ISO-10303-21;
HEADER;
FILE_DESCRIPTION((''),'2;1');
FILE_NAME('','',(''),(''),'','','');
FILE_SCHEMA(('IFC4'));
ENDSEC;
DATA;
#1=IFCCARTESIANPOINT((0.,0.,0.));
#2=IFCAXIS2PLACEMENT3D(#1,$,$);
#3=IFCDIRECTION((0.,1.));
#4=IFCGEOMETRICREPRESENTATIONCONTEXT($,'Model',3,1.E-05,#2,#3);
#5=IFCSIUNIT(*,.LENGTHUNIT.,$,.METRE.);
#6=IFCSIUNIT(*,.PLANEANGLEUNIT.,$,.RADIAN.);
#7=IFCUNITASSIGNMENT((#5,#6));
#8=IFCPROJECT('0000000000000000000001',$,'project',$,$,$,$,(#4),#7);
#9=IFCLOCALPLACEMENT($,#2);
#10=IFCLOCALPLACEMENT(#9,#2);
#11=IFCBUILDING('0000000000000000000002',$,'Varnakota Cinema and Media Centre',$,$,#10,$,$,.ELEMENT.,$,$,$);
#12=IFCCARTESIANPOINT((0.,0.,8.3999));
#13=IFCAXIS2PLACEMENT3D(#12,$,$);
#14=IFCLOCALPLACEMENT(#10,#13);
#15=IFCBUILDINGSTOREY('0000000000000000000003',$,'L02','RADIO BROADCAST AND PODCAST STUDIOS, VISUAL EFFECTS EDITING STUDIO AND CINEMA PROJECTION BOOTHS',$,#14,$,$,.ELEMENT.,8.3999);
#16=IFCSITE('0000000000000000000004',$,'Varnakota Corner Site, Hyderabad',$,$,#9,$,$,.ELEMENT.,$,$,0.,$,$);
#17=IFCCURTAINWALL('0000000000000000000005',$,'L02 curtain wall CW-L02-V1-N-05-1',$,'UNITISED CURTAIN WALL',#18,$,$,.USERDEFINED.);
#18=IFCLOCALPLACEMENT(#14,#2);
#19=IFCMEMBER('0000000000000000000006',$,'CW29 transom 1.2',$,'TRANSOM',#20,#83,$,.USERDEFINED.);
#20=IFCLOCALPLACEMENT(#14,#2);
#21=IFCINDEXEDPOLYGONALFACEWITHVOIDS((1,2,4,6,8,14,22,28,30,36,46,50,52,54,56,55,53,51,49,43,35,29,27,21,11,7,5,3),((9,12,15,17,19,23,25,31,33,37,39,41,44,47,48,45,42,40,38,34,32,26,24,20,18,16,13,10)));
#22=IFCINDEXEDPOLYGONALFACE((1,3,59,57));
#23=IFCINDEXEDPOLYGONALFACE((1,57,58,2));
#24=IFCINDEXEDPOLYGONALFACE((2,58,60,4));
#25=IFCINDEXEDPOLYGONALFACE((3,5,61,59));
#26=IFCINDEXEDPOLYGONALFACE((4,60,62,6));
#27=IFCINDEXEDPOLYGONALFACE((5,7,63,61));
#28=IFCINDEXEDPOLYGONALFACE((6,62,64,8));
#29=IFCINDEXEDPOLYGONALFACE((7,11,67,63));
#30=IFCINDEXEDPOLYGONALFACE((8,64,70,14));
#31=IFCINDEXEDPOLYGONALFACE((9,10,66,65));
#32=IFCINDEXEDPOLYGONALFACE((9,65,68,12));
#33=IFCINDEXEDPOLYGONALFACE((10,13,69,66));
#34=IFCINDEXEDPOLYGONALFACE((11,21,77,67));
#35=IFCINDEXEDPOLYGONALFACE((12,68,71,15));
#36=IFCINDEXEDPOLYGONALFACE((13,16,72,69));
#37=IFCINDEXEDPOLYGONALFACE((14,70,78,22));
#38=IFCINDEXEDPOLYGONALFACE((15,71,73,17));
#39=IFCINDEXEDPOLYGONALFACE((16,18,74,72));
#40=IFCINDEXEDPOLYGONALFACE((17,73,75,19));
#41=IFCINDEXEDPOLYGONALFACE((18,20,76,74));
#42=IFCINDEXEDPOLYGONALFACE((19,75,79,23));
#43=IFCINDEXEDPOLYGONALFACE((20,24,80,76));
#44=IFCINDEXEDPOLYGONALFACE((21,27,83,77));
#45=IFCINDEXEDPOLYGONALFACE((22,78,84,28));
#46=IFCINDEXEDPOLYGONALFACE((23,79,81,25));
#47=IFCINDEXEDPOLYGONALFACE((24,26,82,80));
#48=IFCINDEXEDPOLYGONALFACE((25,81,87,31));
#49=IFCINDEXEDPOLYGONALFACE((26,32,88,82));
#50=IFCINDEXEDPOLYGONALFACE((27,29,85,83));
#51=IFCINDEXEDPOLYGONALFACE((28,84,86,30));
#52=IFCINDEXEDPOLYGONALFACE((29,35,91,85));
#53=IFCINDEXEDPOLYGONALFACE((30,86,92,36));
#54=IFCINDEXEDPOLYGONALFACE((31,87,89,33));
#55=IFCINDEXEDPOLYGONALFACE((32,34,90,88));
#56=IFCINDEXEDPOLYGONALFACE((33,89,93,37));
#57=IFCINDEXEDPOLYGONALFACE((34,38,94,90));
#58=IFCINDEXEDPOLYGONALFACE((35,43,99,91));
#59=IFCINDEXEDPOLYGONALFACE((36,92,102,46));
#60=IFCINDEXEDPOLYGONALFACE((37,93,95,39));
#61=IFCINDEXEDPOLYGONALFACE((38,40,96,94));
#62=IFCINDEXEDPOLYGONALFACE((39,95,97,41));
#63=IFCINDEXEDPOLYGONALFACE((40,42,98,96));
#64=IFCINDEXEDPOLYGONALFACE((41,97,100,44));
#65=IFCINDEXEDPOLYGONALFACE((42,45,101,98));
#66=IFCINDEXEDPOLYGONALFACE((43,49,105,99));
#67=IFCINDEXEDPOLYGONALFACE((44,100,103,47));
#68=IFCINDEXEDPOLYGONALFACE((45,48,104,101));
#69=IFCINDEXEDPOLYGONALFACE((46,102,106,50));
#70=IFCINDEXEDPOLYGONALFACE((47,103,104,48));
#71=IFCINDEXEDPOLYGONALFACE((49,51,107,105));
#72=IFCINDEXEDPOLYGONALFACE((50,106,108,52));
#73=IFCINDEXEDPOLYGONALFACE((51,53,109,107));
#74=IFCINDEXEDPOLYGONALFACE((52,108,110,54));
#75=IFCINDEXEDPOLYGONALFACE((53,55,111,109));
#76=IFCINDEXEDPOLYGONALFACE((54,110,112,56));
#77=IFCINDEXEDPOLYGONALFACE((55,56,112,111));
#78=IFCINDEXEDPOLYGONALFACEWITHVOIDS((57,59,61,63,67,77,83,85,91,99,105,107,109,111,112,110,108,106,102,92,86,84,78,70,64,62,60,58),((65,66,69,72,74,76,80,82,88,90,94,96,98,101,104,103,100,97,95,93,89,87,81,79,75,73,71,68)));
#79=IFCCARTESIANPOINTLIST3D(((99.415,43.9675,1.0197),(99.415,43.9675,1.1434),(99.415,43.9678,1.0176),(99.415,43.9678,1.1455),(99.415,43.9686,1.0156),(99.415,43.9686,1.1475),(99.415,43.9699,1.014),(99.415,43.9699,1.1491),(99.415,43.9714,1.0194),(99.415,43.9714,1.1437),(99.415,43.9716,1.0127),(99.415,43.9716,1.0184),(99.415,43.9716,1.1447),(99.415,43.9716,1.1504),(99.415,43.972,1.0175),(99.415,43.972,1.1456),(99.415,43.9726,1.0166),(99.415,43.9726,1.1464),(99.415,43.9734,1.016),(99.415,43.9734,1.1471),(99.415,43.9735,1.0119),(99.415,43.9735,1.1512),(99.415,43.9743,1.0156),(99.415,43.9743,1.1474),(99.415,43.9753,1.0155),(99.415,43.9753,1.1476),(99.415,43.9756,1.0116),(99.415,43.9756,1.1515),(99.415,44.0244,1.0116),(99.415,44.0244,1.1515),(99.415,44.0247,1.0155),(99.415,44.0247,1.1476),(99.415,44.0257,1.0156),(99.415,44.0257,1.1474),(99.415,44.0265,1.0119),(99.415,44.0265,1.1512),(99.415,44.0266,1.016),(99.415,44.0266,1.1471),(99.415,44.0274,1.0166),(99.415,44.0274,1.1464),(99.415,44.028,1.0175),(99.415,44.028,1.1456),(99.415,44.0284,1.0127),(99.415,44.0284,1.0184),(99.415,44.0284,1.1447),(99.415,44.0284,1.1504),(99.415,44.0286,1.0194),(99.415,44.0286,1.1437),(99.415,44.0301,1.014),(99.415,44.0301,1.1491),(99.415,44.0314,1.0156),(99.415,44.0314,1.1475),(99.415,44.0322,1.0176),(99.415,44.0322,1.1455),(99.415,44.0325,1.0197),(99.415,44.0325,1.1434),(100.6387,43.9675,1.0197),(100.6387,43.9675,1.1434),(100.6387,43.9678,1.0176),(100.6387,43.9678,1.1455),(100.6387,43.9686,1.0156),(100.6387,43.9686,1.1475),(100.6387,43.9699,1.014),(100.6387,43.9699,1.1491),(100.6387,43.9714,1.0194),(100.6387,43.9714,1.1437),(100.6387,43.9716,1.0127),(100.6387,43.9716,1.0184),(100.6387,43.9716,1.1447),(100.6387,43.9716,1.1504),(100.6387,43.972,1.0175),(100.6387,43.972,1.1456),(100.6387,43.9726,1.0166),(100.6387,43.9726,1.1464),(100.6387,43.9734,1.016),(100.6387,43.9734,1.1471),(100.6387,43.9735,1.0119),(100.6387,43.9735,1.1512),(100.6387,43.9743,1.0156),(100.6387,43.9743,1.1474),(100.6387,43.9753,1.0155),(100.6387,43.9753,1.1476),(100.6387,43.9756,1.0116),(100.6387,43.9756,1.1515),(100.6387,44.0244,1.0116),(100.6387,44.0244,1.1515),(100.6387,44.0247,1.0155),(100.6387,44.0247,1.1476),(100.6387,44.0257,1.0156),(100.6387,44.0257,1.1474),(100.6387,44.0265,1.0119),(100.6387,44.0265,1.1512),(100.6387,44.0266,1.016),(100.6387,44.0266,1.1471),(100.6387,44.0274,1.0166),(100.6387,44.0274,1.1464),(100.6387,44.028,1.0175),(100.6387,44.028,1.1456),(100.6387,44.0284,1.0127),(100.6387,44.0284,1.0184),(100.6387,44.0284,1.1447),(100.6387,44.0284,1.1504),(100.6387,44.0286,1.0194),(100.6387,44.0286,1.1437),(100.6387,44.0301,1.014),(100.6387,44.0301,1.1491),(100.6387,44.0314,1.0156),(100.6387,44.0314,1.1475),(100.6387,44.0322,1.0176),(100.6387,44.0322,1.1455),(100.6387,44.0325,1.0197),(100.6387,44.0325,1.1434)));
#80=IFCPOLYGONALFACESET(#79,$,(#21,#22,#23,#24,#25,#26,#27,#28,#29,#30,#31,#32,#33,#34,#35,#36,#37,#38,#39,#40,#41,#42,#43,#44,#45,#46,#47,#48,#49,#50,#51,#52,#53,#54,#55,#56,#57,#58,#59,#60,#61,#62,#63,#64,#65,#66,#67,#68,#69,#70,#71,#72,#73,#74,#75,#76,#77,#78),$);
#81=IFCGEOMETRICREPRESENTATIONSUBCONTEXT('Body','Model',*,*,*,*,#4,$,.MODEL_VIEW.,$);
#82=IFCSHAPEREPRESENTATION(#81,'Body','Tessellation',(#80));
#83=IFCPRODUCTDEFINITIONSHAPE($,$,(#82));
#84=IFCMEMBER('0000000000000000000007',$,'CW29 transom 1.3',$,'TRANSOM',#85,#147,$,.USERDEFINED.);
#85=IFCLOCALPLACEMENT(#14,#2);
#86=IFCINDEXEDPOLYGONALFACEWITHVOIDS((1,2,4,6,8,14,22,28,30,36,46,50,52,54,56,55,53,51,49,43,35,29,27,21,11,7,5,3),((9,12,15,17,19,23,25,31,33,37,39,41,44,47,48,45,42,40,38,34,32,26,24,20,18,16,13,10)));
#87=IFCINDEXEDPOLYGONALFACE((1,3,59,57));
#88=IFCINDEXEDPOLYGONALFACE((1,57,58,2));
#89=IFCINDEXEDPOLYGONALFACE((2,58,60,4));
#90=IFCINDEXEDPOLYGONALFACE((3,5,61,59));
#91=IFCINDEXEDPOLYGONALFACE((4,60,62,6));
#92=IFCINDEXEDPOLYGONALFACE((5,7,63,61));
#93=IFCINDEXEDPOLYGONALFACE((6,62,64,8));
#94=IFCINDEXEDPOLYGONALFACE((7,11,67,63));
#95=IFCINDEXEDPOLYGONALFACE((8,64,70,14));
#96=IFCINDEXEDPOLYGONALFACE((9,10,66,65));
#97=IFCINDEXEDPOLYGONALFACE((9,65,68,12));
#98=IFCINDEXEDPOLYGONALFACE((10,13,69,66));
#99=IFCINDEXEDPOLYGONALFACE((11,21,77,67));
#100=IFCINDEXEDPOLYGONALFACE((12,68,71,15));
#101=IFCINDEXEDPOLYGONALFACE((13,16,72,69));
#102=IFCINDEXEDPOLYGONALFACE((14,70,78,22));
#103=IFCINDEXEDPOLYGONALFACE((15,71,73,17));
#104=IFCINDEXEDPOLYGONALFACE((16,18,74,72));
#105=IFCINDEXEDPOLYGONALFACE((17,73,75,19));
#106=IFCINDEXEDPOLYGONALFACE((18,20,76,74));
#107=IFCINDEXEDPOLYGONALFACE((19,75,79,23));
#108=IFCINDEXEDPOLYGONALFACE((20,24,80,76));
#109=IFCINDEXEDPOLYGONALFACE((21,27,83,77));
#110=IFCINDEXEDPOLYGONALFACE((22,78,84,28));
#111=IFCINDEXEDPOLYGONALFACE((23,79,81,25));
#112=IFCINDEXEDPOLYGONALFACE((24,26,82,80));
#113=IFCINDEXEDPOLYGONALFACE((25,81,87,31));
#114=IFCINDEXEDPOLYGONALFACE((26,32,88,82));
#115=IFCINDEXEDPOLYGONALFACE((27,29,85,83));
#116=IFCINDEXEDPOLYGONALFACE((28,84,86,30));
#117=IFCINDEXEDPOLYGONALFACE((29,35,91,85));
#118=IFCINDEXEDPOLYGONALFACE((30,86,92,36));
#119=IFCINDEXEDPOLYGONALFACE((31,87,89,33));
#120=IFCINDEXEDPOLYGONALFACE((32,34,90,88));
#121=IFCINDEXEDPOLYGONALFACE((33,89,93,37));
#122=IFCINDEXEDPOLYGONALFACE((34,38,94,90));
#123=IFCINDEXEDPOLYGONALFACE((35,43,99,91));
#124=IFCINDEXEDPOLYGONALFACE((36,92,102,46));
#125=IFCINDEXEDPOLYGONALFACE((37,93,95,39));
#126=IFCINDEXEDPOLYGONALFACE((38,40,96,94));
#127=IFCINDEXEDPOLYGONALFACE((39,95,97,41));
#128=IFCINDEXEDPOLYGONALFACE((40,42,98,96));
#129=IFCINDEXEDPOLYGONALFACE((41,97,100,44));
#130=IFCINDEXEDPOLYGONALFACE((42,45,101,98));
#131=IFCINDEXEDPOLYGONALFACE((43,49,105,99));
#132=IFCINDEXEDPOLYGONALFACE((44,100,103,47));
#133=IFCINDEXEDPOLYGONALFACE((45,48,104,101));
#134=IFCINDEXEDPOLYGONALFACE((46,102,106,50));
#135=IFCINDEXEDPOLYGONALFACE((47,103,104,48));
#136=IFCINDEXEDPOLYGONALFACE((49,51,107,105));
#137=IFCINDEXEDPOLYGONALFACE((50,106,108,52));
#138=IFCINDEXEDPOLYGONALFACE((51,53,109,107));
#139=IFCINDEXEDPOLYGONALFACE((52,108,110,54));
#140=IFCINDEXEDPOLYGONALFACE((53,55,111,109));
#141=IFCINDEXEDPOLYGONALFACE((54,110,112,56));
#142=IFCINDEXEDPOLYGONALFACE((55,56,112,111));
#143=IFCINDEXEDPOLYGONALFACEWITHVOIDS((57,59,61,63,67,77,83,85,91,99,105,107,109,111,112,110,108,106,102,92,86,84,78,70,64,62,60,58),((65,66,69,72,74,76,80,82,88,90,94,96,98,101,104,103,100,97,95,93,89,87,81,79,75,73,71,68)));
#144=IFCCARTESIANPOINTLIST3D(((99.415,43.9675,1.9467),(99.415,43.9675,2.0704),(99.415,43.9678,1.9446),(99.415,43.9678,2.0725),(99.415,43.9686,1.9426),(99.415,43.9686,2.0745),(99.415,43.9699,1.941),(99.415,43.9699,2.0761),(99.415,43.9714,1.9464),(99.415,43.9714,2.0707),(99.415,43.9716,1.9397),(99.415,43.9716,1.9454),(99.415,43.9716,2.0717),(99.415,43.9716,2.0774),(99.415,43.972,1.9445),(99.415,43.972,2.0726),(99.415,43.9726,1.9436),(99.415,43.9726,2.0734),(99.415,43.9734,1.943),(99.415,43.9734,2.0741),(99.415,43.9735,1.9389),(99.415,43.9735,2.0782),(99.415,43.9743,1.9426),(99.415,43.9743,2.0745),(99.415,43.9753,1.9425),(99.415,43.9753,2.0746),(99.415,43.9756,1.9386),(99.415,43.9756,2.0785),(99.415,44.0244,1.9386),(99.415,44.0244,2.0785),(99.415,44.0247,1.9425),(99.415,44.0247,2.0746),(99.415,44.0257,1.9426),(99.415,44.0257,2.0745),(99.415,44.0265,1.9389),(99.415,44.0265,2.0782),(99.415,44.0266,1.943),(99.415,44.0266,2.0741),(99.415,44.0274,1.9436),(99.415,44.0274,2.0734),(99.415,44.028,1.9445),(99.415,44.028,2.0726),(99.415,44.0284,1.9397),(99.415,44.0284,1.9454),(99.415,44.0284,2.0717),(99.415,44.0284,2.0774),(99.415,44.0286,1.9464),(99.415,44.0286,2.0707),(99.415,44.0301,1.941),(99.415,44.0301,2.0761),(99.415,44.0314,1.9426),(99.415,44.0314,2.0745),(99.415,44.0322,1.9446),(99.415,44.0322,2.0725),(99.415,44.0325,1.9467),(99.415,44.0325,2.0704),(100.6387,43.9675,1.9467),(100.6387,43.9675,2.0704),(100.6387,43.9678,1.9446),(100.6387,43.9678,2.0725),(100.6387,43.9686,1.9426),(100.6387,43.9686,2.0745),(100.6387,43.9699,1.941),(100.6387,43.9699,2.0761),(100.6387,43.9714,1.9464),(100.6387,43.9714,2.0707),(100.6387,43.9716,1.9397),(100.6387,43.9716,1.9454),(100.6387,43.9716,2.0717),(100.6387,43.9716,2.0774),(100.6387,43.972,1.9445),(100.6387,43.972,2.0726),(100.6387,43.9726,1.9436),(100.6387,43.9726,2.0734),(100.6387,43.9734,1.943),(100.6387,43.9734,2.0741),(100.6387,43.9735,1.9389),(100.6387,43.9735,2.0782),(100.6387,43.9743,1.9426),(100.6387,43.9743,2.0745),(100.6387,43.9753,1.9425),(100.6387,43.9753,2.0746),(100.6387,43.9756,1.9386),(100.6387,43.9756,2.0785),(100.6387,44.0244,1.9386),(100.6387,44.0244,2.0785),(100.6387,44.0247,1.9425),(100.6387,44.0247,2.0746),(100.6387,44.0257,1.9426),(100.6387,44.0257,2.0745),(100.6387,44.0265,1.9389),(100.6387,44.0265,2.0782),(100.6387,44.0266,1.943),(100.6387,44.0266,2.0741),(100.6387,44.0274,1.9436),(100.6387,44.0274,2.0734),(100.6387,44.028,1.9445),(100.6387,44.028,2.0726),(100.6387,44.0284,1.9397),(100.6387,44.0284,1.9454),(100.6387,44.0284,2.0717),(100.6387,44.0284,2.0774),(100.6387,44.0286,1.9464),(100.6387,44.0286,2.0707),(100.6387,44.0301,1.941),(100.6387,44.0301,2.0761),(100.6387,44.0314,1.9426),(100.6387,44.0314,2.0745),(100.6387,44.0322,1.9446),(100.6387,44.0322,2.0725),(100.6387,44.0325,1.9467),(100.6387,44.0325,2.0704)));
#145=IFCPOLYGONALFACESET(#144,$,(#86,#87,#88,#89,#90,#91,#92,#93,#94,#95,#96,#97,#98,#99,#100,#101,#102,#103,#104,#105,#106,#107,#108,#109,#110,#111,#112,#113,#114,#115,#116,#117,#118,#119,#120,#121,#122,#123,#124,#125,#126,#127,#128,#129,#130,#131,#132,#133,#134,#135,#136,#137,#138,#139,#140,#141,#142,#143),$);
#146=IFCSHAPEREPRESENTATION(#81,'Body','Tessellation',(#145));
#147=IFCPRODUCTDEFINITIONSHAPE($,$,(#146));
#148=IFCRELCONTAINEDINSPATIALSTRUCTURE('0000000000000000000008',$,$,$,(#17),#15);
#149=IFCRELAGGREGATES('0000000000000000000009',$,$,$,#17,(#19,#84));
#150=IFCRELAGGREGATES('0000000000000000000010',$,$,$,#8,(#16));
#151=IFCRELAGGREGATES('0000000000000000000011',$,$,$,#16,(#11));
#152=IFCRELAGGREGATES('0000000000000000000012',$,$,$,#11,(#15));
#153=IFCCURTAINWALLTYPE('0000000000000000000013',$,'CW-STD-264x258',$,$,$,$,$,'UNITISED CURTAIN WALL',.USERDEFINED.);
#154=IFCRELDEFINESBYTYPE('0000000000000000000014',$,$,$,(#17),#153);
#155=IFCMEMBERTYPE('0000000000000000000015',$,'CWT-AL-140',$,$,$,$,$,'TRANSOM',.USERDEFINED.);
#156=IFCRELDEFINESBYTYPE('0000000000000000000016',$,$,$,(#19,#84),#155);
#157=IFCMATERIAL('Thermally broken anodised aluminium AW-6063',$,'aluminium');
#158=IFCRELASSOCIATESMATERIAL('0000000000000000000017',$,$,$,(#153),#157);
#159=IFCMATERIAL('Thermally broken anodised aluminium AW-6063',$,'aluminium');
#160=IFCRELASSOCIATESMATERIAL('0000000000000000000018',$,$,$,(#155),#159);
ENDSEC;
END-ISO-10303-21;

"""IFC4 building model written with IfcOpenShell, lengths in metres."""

from ifc_helpers import new_model, si_unit, direction, frame, origin, origin_2d, place, context, subcontext, project, spatial, hollow_rectangle, extrude, material, material_profile, profile_set, type_object, element, aggregate, save


model = new_model("IFC4")

# Units and contexts
model_context = context("Model", 3, precision=1e-05, world=origin(), true_north=direction((0.0, 1.0)))
body_context = subcontext(model_context, "Body", "Model", "MODEL_VIEW")
ifc_project = project(units=[si_unit("LENGTHUNIT", "METRE"), si_unit("PLANEANGLEUNIT", "RADIAN")], contexts=[model_context])

# Site, building, storey
site_placement = place(None, origin())
site = spatial("IfcSite", under=ifc_project, at=site_placement, Name="Varnakota Corner Site, Hyderabad", CompositionType="ELEMENT", RefElevation=0.0)
building_placement = place(site_placement, origin())
building = spatial("IfcBuilding", under=site, at=building_placement, Name="Varnakota Cinema and Media Centre", CompositionType="ELEMENT")
storey_placement = place(building_placement, frame((0.0, 0.0, 8.3999)))
storey = spatial("IfcBuildingStorey", under=building, at=storey_placement, Name="L02", Description="RADIO BROADCAST AND PODCAST STUDIOS, VISUAL EFFECTS EDITING STUDIO AND CINEMA PROJECTION BOOTHS", CompositionType="ELEMENT", Elevation=8.3999)

# Shared definitions
ifc_material_1 = material(Name="Thermally broken anodised aluminium AW-6063", Category="aluminium")
curtain_wall_type = type_object("IfcCurtainWallType", Name="CW-STD-264x258", ElementType="UNITISED CURTAIN WALL", PredefinedType="USERDEFINED", material=ifc_material_1)

# Curtain wall
curtain_wall_1_placement = place(storey_placement, origin())
curtain_wall_1 = element("IfcCurtainWall", 1, at=curtain_wall_1_placement, inside=storey, type_object=curtain_wall_type, Name="L02 curtain wall CW-L02-V1-N-05-1", ObjectType="UNITISED CURTAIN WALL", PredefinedType="USERDEFINED")

# Members
ifc_material_2 = material(Name="Thermally broken anodised aluminium AW-6063", Category="aluminium")
ifc_material_profile_1 = material_profile(ifc_material_2, hollow_rectangle(XDim=0.0649, YDim=0.1399, WallThickness=0.0039, InnerFilletRadius=0.0039, OuterFilletRadius=0.0081, at=origin_2d()), Name="AL-TRANSOM 140x65x4")
ifc_profile_set_1 = profile_set([ifc_material_profile_1], Name="Thermally broken anodised aluminium AW-6063")
member_type_1 = type_object("IfcMemberType", Name="CWT-AL-140", ElementType="TRANSOM", PredefinedType="USERDEFINED", material=ifc_profile_set_1)
member_1_placement = place(storey_placement, frame((99.415, 44.0, 1.0815), z_axis=(1.0, 0.0, 0.0), x_axis=(0.0, 1.0, 0.0)))
member_1 = element("IfcMember", 2, at=member_1_placement, type_object=member_type_1, Name="CW29 transom 1.2", ObjectType="TRANSOM", PredefinedType="USERDEFINED", context=body_context, shape_type="SweptSolid", body=[
    extrude(hollow_rectangle(XDim=0.0649, YDim=0.1399, WallThickness=0.0039, InnerFilletRadius=0.0039, OuterFilletRadius=0.0081, at=origin_2d()), origin(), (0.0, 0.0, 1.0), 1.2236),
])
member_2_placement = place(storey_placement, frame((99.415, 44.0, 2.0085), z_axis=(1.0, 0.0, 0.0), x_axis=(0.0, 1.0, 0.0)))
member_2 = element("IfcMember", 3, at=member_2_placement, type_object=member_type_1, Name="CW29 transom 1.3", ObjectType="TRANSOM", PredefinedType="USERDEFINED", context=body_context, shape_type="SweptSolid", body=[
    extrude(hollow_rectangle(XDim=0.0649, YDim=0.1399, WallThickness=0.0039, InnerFilletRadius=0.0039, OuterFilletRadius=0.0081, at=origin_2d()), origin(), (0.0, 0.0, 1.0), 1.2236),
])

aggregate(curtain_wall_1, [member_1, member_2])

save(model, "model.ifc")
